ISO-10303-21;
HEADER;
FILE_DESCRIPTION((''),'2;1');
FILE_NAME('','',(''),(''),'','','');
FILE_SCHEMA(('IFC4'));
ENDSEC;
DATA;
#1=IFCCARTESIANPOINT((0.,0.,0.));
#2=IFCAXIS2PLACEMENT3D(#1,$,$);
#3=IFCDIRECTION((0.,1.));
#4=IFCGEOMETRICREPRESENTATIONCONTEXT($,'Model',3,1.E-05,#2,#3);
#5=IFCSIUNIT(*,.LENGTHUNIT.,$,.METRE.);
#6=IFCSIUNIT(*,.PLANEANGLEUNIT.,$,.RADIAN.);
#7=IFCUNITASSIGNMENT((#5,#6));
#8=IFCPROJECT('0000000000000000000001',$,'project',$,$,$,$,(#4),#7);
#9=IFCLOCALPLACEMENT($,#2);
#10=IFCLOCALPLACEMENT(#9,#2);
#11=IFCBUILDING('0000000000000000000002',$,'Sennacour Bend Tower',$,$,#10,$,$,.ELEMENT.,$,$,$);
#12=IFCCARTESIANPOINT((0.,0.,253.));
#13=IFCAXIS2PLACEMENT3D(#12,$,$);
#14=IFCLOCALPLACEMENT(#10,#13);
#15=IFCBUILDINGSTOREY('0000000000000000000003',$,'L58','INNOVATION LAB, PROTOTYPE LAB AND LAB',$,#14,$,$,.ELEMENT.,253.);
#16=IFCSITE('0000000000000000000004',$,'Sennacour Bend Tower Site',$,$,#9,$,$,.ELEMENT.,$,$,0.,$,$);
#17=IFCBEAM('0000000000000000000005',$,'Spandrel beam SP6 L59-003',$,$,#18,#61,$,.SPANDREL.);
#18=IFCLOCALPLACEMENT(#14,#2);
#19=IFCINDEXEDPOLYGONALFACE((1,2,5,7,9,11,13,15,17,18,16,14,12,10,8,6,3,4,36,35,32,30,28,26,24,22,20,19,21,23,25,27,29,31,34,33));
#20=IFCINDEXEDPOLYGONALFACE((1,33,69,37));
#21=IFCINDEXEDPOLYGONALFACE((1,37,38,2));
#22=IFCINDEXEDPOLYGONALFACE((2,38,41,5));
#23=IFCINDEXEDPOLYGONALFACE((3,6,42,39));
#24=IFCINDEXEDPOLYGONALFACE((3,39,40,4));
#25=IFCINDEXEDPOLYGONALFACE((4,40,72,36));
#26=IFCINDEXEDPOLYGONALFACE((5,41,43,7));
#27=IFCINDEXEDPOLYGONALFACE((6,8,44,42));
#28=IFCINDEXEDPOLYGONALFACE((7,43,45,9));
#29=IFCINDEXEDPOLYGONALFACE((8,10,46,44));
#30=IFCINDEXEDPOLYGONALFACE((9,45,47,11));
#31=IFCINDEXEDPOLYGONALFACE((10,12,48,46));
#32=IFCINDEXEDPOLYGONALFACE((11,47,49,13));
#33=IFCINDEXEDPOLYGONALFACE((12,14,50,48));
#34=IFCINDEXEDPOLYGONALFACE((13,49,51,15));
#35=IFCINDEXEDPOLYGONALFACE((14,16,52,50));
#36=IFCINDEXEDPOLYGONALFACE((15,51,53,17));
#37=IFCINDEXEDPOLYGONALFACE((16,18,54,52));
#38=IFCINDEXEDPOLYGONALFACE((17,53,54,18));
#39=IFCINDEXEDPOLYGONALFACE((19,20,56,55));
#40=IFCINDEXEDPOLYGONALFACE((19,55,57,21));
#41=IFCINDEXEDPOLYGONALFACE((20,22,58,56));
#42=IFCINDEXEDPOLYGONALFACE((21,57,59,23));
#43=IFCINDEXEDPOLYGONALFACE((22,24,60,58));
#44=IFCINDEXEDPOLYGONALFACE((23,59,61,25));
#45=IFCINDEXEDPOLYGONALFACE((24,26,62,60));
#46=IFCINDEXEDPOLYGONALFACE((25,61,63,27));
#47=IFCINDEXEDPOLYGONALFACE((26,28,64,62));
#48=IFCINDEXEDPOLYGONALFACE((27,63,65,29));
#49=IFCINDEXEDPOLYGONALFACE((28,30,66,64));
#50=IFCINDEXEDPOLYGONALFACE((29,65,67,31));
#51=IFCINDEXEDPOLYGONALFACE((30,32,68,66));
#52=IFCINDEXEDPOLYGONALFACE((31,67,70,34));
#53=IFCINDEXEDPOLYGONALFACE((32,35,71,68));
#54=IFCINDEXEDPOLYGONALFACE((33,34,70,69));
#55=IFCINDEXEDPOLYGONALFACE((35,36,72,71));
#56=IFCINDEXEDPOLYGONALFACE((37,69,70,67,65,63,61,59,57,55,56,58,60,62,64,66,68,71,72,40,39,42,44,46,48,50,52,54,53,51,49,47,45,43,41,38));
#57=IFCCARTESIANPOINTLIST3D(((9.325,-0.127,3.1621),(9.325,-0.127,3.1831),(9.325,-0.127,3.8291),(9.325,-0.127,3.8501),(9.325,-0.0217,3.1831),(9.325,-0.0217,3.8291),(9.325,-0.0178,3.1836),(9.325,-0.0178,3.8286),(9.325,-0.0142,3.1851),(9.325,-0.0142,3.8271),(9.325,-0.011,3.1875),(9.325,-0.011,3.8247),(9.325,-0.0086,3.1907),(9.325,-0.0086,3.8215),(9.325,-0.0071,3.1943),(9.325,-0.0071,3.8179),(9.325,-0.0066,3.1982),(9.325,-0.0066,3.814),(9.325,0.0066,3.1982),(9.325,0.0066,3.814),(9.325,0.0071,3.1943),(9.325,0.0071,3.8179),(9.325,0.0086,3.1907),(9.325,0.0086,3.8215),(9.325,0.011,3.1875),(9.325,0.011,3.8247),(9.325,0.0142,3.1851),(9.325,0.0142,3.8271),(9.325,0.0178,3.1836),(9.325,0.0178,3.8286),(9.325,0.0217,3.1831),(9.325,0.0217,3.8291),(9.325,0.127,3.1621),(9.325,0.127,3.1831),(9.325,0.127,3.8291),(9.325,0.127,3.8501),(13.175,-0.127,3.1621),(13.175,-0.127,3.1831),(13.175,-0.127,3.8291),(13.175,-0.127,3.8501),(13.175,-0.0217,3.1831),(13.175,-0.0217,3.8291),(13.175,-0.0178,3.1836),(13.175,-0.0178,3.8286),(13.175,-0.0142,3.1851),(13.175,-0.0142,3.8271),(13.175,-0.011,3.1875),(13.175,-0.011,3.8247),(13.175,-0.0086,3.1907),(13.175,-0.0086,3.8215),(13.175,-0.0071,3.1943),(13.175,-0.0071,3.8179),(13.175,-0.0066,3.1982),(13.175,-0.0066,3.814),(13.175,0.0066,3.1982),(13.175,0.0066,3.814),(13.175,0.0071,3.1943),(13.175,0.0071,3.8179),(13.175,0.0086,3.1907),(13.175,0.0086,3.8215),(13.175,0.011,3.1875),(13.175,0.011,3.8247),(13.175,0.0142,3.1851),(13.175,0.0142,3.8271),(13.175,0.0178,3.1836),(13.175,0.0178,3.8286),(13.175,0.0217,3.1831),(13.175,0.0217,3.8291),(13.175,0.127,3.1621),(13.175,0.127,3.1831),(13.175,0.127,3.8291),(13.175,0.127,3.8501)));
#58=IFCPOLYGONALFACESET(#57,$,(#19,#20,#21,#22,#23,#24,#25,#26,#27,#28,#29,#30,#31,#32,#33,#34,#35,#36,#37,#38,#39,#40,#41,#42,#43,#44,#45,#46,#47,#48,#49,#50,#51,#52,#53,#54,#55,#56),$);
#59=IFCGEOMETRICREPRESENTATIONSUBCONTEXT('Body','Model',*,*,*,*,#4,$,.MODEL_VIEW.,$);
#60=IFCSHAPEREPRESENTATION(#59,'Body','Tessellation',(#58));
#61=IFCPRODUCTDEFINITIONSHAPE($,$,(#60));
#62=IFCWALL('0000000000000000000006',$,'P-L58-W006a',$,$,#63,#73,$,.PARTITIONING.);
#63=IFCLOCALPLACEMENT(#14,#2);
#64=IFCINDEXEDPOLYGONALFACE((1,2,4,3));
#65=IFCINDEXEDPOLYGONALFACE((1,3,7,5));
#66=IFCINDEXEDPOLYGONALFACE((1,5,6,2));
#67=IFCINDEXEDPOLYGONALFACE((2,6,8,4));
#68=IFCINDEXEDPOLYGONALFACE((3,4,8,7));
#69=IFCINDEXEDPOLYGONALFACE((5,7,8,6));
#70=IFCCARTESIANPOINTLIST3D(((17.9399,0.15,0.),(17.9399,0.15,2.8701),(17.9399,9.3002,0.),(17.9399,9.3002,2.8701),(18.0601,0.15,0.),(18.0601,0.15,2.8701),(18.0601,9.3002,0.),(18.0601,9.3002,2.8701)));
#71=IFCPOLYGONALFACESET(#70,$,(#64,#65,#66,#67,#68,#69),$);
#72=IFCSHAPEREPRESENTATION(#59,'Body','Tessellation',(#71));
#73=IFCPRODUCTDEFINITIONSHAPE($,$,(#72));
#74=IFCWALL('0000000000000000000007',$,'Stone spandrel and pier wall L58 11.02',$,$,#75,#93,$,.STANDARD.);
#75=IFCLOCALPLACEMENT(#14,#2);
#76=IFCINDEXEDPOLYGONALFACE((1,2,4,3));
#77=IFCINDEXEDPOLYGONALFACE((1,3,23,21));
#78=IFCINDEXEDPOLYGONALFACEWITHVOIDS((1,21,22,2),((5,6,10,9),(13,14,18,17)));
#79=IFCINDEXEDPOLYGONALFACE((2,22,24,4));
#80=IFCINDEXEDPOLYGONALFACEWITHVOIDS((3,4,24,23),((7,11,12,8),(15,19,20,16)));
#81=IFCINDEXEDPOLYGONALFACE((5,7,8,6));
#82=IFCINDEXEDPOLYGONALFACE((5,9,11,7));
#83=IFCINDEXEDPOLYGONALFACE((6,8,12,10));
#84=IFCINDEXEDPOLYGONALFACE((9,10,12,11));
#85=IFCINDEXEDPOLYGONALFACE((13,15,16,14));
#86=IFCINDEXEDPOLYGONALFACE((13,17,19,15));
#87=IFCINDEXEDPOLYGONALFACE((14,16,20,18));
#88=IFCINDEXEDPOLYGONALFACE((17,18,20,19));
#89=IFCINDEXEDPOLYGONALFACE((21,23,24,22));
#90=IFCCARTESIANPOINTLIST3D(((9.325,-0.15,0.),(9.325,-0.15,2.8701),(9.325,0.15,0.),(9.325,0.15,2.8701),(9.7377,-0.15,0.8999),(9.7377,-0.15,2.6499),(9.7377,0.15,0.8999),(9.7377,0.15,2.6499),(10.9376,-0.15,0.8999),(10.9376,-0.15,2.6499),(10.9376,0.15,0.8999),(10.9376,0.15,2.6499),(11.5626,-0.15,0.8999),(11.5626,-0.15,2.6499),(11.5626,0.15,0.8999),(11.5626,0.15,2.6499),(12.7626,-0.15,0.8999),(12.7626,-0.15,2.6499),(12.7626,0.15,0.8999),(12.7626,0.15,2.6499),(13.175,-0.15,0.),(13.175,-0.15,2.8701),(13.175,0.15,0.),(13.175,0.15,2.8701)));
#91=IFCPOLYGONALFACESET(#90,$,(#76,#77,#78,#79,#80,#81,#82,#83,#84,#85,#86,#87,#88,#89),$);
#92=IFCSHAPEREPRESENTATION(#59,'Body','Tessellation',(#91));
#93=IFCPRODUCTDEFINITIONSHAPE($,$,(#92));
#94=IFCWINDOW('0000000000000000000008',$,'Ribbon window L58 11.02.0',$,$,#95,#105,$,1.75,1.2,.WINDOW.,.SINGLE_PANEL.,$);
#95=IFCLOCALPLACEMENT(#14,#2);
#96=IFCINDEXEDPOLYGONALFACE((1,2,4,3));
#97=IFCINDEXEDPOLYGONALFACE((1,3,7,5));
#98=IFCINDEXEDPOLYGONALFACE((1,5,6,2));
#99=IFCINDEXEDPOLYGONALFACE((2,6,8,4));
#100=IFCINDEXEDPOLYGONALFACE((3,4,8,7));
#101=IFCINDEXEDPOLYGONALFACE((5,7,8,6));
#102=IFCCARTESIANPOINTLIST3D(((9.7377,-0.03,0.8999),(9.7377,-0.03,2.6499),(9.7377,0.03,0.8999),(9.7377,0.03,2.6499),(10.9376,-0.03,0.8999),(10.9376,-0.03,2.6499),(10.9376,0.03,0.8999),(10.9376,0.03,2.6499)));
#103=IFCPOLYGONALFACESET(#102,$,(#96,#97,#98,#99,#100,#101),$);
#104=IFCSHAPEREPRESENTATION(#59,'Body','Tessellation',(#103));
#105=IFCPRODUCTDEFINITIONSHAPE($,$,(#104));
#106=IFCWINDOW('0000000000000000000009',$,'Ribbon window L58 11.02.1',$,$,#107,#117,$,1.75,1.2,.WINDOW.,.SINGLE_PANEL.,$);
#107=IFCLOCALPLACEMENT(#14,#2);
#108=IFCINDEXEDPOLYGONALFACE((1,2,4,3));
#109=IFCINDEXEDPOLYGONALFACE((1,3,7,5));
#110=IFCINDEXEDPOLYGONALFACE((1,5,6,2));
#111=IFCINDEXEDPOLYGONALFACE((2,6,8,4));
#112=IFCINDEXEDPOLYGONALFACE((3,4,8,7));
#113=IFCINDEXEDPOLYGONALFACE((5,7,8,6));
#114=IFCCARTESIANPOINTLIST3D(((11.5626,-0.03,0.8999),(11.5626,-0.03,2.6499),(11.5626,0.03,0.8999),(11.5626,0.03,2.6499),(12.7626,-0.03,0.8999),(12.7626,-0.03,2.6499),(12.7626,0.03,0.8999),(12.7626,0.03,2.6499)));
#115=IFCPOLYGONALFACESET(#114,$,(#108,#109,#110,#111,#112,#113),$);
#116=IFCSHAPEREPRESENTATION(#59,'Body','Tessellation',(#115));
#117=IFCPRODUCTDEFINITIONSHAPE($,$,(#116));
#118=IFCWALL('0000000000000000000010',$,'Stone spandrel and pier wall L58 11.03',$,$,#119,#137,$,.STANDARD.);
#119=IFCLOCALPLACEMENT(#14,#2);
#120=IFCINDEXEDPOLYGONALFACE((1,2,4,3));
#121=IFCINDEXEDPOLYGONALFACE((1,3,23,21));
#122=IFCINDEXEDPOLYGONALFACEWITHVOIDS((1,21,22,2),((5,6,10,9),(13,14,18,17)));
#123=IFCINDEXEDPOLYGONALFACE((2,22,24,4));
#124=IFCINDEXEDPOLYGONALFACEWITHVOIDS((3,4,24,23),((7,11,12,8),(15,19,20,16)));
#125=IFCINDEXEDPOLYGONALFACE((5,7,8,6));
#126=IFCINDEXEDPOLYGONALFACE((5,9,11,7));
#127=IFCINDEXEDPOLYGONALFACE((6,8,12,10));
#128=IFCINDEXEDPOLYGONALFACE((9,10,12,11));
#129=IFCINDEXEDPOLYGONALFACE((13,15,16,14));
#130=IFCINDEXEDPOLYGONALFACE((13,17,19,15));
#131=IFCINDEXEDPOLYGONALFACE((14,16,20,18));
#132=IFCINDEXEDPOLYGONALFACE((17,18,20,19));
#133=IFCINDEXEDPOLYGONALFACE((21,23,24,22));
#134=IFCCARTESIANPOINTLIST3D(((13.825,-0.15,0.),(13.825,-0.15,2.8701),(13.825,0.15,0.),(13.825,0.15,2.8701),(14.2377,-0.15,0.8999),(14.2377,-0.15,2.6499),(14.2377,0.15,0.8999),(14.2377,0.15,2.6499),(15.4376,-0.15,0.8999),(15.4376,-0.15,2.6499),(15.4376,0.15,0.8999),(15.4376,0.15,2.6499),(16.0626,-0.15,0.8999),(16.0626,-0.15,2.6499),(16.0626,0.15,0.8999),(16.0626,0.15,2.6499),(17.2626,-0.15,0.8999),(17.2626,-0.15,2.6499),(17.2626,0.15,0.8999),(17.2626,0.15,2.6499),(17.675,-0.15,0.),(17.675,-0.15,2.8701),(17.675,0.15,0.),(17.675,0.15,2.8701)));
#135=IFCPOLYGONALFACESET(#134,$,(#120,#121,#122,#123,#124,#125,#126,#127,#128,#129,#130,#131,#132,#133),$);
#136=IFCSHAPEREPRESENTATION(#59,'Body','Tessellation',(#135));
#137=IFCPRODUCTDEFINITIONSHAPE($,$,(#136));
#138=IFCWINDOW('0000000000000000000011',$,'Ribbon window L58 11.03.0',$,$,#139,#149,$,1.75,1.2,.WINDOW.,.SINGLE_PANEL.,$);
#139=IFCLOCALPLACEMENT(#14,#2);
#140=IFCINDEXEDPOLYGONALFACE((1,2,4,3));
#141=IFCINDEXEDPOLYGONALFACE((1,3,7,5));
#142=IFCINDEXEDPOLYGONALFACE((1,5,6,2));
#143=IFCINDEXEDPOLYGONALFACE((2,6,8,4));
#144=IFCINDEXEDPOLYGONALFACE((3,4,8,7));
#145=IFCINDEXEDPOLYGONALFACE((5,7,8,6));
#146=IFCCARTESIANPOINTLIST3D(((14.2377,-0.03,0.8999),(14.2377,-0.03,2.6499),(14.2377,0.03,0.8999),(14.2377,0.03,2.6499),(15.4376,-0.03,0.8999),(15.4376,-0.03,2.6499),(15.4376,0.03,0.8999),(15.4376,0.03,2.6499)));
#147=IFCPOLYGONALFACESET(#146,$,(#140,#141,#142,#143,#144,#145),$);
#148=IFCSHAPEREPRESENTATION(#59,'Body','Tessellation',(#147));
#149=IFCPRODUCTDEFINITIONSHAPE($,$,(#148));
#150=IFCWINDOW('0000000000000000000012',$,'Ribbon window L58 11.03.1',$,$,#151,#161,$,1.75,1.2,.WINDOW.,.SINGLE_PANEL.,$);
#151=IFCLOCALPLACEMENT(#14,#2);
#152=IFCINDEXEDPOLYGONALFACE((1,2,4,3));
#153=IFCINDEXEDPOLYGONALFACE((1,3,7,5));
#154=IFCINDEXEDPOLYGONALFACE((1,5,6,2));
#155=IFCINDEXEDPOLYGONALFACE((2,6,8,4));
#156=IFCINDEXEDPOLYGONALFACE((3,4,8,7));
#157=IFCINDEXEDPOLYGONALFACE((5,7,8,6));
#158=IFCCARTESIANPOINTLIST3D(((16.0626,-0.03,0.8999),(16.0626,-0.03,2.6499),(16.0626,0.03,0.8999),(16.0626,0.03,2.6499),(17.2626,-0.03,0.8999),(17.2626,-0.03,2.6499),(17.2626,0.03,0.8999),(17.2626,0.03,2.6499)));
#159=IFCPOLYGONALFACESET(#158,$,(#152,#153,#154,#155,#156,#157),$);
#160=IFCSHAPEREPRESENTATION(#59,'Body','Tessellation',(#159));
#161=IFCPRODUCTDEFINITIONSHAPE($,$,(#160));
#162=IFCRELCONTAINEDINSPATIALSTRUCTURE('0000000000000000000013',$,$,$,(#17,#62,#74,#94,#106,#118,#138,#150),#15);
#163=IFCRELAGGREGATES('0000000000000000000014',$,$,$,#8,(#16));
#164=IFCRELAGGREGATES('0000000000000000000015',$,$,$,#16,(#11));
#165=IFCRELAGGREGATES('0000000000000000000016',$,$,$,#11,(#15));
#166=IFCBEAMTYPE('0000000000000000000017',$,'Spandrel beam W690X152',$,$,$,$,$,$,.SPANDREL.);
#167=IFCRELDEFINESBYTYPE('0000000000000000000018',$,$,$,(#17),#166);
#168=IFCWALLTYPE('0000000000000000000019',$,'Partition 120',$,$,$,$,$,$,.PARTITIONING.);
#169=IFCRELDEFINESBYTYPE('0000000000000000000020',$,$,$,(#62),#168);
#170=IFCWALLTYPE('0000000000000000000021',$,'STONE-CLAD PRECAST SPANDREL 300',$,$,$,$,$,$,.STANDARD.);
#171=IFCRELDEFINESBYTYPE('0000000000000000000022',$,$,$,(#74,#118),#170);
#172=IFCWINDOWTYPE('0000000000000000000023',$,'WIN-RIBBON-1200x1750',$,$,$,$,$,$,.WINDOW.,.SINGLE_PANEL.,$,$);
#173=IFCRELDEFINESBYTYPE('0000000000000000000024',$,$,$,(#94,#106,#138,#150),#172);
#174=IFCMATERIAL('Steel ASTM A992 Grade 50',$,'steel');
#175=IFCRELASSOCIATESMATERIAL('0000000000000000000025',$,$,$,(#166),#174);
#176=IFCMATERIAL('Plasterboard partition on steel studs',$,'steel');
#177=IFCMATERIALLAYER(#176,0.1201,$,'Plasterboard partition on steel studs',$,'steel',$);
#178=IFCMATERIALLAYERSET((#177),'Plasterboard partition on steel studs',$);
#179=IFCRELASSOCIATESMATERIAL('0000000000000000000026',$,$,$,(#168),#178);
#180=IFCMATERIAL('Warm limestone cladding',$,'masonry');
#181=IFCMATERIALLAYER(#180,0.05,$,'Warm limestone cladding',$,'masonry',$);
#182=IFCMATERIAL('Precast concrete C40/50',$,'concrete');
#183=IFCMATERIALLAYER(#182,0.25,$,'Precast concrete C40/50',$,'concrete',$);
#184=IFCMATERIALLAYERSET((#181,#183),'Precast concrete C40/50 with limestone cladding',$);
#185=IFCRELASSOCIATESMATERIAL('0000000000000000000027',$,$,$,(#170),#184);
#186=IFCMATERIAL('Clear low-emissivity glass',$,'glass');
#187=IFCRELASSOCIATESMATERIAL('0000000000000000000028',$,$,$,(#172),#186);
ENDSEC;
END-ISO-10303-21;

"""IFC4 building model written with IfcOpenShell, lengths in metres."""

from ifc_helpers import new_model, si_unit, direction, frame, frame_2d, origin, origin_2d, place, context, subcontext, project, spatial, rectangle, i_section, extrude, material, layer, layer_set, material_profile, profile_set, type_object, element, fill, save


model = new_model("IFC4")

# Units and contexts
model_context = context("Model", 3, precision=1e-05, world=origin(), true_north=direction((0.0, 1.0)))
body_context = subcontext(model_context, "Body", "Model", "MODEL_VIEW")
ifc_project = project(units=[si_unit("LENGTHUNIT", "METRE"), si_unit("PLANEANGLEUNIT", "RADIAN")], contexts=[model_context])

# Site, building, storey
site_placement = place(None, origin())
site = spatial("IfcSite", under=ifc_project, at=site_placement, Name="Sennacour Bend Tower Site", CompositionType="ELEMENT", RefElevation=0.0)
building_placement = place(site_placement, origin())
building = spatial("IfcBuilding", under=site, at=building_placement, Name="Sennacour Bend Tower", CompositionType="ELEMENT")
storey_placement = place(building_placement, frame((0.0, 0.0, 253.0)))
storey = spatial("IfcBuildingStorey", under=building, at=storey_placement, Name="L58", Description="INNOVATION LAB, PROTOTYPE LAB AND LAB", CompositionType="ELEMENT", Elevation=253.0)

# Beam
ifc_material_1 = material(Name="Steel ASTM A992 Grade 50", Category="steel")
ifc_material_profile_1 = material_profile(ifc_material_1, i_section(OverallWidth=0.2539, OverallDepth=0.688, WebThickness=0.0132, FlangeThickness=0.021, FilletRadius=0.0151, at=origin_2d()), Name="Steel ASTM A992 Grade 50", Category="steel")
ifc_profile_set_1 = profile_set([ifc_material_profile_1], Name="Steel ASTM A992 Grade 50")
beam_type_1 = type_object("IfcBeamType", Name="Spandrel beam W690X152", PredefinedType="SPANDREL", material=ifc_profile_set_1)
for number, where, z_axis, x_axis, name in (
    (1, (13.175, 0.0, 3.5061), (-1.0, 0.0, 0.0), (0.0, -1.0, 0.0), "Spandrel beam SP6 L59-003"),
):
    element("IfcBeam", number, at=place(storey_placement, frame(where, z_axis=z_axis, x_axis=x_axis)), inside=storey, type_object=beam_type_1, Name=name, PredefinedType="SPANDREL", context=body_context, shape_type="SweptSolid", body=[
        extrude(i_section(OverallWidth=0.2539, OverallDepth=0.688, WebThickness=0.0132, FlangeThickness=0.021, FilletRadius=0.0151, at=origin_2d()), origin(), (0.0, 0.0, 1.0), 3.8501),
    ])

# Wall
ifc_material_2 = material(Name="Plasterboard partition on steel studs", Category="steel")
ifc_layer_1 = layer(ifc_material_2, 0.1201, Name="Plasterboard partition on steel studs", Category="steel")
ifc_layer_set_1 = layer_set([ifc_layer_1], Name="Plasterboard partition on steel studs")
wall_type_1 = type_object("IfcWallType", Name="Partition 120", PredefinedType="PARTITIONING", material=ifc_layer_set_1)
wall_1_placement = place(storey_placement, frame((18.0, 0.1499, 0.0), z_axis=(0.0, 0.0, 1.0), x_axis=(0.0, 1.0, 0.0)))
element("IfcWall", 2, at=wall_1_placement, inside=storey, type_object=wall_type_1, Name="P-L58-W006a", PredefinedType="PARTITIONING", context=body_context, shape_type="SweptSolid", body=[
    extrude(rectangle(XDim=9.1501, YDim=0.1201, at=frame_2d((4.5752, 0.0))), origin(), (0.0, 0.0, 1.0), 2.8701),
])

# Walls, openings, windows
ifc_material_3 = material(Name="Warm limestone cladding", Category="masonry")
ifc_layer_2 = layer(ifc_material_3, 0.05, Name="Warm limestone cladding", Category="masonry")
ifc_material_4 = material(Name="Precast concrete C40/50", Category="concrete")
ifc_layer_3 = layer(ifc_material_4, 0.25, Name="Precast concrete C40/50", Category="concrete")
ifc_layer_set_2 = layer_set([ifc_layer_2, ifc_layer_3], Name="Precast concrete C40/50 with limestone cladding")
wall_type_2 = type_object("IfcWallType", Name="STONE-CLAD PRECAST SPANDREL 300", PredefinedType="STANDARD", material=ifc_layer_set_2)
wall_2_placement = place(storey_placement, frame((9.325, 0.0, 0.0), z_axis=(0.0, 0.0, 1.0), x_axis=(1.0, 0.0, 0.0)))
wall_2 = element("IfcWall", 3, at=wall_2_placement, inside=storey, type_object=wall_type_2, Name="Stone spandrel and pier wall L58 11.02", PredefinedType="STANDARD", context=body_context, shape_type="SweptSolid", body=[
    extrude(rectangle(XDim=3.8501, YDim=0.3, at=frame_2d((1.925, 0.0))), origin(), (0.0, 0.0, 1.0), 2.8701),
])
opening_1_placement = place(wall_2_placement, frame((0.4126, 0.0, 0.8999)))
opening_1 = element("IfcOpeningElement", 4, at=opening_1_placement, cuts=wall_2, PredefinedType="OPENING", context=body_context, shape_type="SweptSolid", body=[
    extrude(rectangle(XDim=1.2, YDim=1.75, at=frame_2d((0.6001, 0.875))), frame((0.0, 0.1602, 0.0), z_axis=(0.0, -1.0, 0.0), x_axis=(1.0, 0.0, 0.0)), (0.0, 0.0, 1.0), 0.3201),
])
opening_2_placement = place(wall_2_placement, frame((2.2375, 0.0, 0.8999)))
opening_2 = element("IfcOpeningElement", 5, at=opening_2_placement, cuts=wall_2, PredefinedType="OPENING", context=body_context, shape_type="SweptSolid", body=[
    extrude(rectangle(XDim=1.2, YDim=1.75, at=frame_2d((0.6001, 0.875))), frame((0.0, 0.1602, 0.0), z_axis=(0.0, -1.0, 0.0), x_axis=(1.0, 0.0, 0.0)), (0.0, 0.0, 1.0), 0.3201),
])
ifc_material_5 = material(Name="Clear low-emissivity glass", Category="glass")
window_type = type_object("IfcWindowType", Name="WIN-RIBBON-1200x1750", PartitioningType="SINGLE_PANEL", PredefinedType="WINDOW", material=ifc_material_5)
window_1_placement = place(opening_1_placement, origin())
window_1 = element("IfcWindow", 6, at=window_1_placement, inside=storey, type_object=window_type, Name="Ribbon window L58 11.02.0", OverallHeight=1.75, OverallWidth=1.2, PartitioningType="SINGLE_PANEL", PredefinedType="WINDOW", context=body_context, shape_type="SweptSolid", body=[
    extrude(rectangle(XDim=1.2, YDim=1.75, at=frame_2d((0.6001, 0.875))), frame((0.0, 0.03, 0.0), z_axis=(0.0, -1.0, 0.0), x_axis=(1.0, 0.0, 0.0)), (0.0, 0.0, 1.0), 0.0601),
])
fill(opening_1, window_1)
window_2_placement = place(opening_2_placement, origin())
window_2 = element("IfcWindow", 7, at=window_2_placement, inside=storey, type_object=window_type, Name="Ribbon window L58 11.02.1", OverallHeight=1.75, OverallWidth=1.2, PartitioningType="SINGLE_PANEL", PredefinedType="WINDOW", context=body_context, shape_type="SweptSolid", body=[
    extrude(rectangle(XDim=1.2, YDim=1.75, at=frame_2d((0.6001, 0.875))), frame((0.0, 0.03, 0.0), z_axis=(0.0, -1.0, 0.0), x_axis=(1.0, 0.0, 0.0)), (0.0, 0.0, 1.0), 0.0601),
])
fill(opening_2, window_2)
wall_3_placement = place(storey_placement, frame((13.825, 0.0, 0.0), z_axis=(0.0, 0.0, 1.0), x_axis=(1.0, 0.0, 0.0)))
wall_3 = element("IfcWall", 8, at=wall_3_placement, inside=storey, type_object=wall_type_2, Name="Stone spandrel and pier wall L58 11.03", PredefinedType="STANDARD", context=body_context, shape_type="SweptSolid", body=[
    extrude(rectangle(XDim=3.8501, YDim=0.3, at=frame_2d((1.925, 0.0))), origin(), (0.0, 0.0, 1.0), 2.8701),
])
opening_3_placement = place(wall_3_placement, frame((0.4126, 0.0, 0.8999)))
opening_3 = element("IfcOpeningElement", 9, at=opening_3_placement, cuts=wall_3, PredefinedType="OPENING", context=body_context, shape_type="SweptSolid", body=[
    extrude(rectangle(XDim=1.2, YDim=1.75, at=frame_2d((0.6001, 0.875))), frame((0.0, 0.1602, 0.0), z_axis=(0.0, -1.0, 0.0), x_axis=(1.0, 0.0, 0.0)), (0.0, 0.0, 1.0), 0.3201),
])
opening_4_placement = place(wall_3_placement, frame((2.2375, 0.0, 0.8999)))
opening_4 = element("IfcOpeningElement", 10, at=opening_4_placement, cuts=wall_3, PredefinedType="OPENING", context=body_context, shape_type="SweptSolid", body=[
    extrude(rectangle(XDim=1.2, YDim=1.75, at=frame_2d((0.6001, 0.875))), frame((0.0, 0.1602, 0.0), z_axis=(0.0, -1.0, 0.0), x_axis=(1.0, 0.0, 0.0)), (0.0, 0.0, 1.0), 0.3201),
])
window_3_placement = place(opening_3_placement, origin())
window_3 = element("IfcWindow", 11, at=window_3_placement, inside=storey, type_object=window_type, Name="Ribbon window L58 11.03.0", OverallHeight=1.75, OverallWidth=1.2, PartitioningType="SINGLE_PANEL", PredefinedType="WINDOW", context=body_context, shape_type="SweptSolid", body=[
    extrude(rectangle(XDim=1.2, YDim=1.75, at=frame_2d((0.6001, 0.875))), frame((0.0, 0.03, 0.0), z_axis=(0.0, -1.0, 0.0), x_axis=(1.0, 0.0, 0.0)), (0.0, 0.0, 1.0), 0.0601),
])
fill(opening_3, window_3)
window_4_placement = place(opening_4_placement, origin())
window_4 = element("IfcWindow", 12, at=window_4_placement, inside=storey, type_object=window_type, Name="Ribbon window L58 11.03.1", OverallHeight=1.75, OverallWidth=1.2, PartitioningType="SINGLE_PANEL", PredefinedType="WINDOW", context=body_context, shape_type="SweptSolid", body=[
    extrude(rectangle(XDim=1.2, YDim=1.75, at=frame_2d((0.6001, 0.875))), frame((0.0, 0.03, 0.0), z_axis=(0.0, -1.0, 0.0), x_axis=(1.0, 0.0, 0.0)), (0.0, 0.0, 1.0), 0.0601),
])
fill(opening_4, window_4)

save(model, "model.ifc")
